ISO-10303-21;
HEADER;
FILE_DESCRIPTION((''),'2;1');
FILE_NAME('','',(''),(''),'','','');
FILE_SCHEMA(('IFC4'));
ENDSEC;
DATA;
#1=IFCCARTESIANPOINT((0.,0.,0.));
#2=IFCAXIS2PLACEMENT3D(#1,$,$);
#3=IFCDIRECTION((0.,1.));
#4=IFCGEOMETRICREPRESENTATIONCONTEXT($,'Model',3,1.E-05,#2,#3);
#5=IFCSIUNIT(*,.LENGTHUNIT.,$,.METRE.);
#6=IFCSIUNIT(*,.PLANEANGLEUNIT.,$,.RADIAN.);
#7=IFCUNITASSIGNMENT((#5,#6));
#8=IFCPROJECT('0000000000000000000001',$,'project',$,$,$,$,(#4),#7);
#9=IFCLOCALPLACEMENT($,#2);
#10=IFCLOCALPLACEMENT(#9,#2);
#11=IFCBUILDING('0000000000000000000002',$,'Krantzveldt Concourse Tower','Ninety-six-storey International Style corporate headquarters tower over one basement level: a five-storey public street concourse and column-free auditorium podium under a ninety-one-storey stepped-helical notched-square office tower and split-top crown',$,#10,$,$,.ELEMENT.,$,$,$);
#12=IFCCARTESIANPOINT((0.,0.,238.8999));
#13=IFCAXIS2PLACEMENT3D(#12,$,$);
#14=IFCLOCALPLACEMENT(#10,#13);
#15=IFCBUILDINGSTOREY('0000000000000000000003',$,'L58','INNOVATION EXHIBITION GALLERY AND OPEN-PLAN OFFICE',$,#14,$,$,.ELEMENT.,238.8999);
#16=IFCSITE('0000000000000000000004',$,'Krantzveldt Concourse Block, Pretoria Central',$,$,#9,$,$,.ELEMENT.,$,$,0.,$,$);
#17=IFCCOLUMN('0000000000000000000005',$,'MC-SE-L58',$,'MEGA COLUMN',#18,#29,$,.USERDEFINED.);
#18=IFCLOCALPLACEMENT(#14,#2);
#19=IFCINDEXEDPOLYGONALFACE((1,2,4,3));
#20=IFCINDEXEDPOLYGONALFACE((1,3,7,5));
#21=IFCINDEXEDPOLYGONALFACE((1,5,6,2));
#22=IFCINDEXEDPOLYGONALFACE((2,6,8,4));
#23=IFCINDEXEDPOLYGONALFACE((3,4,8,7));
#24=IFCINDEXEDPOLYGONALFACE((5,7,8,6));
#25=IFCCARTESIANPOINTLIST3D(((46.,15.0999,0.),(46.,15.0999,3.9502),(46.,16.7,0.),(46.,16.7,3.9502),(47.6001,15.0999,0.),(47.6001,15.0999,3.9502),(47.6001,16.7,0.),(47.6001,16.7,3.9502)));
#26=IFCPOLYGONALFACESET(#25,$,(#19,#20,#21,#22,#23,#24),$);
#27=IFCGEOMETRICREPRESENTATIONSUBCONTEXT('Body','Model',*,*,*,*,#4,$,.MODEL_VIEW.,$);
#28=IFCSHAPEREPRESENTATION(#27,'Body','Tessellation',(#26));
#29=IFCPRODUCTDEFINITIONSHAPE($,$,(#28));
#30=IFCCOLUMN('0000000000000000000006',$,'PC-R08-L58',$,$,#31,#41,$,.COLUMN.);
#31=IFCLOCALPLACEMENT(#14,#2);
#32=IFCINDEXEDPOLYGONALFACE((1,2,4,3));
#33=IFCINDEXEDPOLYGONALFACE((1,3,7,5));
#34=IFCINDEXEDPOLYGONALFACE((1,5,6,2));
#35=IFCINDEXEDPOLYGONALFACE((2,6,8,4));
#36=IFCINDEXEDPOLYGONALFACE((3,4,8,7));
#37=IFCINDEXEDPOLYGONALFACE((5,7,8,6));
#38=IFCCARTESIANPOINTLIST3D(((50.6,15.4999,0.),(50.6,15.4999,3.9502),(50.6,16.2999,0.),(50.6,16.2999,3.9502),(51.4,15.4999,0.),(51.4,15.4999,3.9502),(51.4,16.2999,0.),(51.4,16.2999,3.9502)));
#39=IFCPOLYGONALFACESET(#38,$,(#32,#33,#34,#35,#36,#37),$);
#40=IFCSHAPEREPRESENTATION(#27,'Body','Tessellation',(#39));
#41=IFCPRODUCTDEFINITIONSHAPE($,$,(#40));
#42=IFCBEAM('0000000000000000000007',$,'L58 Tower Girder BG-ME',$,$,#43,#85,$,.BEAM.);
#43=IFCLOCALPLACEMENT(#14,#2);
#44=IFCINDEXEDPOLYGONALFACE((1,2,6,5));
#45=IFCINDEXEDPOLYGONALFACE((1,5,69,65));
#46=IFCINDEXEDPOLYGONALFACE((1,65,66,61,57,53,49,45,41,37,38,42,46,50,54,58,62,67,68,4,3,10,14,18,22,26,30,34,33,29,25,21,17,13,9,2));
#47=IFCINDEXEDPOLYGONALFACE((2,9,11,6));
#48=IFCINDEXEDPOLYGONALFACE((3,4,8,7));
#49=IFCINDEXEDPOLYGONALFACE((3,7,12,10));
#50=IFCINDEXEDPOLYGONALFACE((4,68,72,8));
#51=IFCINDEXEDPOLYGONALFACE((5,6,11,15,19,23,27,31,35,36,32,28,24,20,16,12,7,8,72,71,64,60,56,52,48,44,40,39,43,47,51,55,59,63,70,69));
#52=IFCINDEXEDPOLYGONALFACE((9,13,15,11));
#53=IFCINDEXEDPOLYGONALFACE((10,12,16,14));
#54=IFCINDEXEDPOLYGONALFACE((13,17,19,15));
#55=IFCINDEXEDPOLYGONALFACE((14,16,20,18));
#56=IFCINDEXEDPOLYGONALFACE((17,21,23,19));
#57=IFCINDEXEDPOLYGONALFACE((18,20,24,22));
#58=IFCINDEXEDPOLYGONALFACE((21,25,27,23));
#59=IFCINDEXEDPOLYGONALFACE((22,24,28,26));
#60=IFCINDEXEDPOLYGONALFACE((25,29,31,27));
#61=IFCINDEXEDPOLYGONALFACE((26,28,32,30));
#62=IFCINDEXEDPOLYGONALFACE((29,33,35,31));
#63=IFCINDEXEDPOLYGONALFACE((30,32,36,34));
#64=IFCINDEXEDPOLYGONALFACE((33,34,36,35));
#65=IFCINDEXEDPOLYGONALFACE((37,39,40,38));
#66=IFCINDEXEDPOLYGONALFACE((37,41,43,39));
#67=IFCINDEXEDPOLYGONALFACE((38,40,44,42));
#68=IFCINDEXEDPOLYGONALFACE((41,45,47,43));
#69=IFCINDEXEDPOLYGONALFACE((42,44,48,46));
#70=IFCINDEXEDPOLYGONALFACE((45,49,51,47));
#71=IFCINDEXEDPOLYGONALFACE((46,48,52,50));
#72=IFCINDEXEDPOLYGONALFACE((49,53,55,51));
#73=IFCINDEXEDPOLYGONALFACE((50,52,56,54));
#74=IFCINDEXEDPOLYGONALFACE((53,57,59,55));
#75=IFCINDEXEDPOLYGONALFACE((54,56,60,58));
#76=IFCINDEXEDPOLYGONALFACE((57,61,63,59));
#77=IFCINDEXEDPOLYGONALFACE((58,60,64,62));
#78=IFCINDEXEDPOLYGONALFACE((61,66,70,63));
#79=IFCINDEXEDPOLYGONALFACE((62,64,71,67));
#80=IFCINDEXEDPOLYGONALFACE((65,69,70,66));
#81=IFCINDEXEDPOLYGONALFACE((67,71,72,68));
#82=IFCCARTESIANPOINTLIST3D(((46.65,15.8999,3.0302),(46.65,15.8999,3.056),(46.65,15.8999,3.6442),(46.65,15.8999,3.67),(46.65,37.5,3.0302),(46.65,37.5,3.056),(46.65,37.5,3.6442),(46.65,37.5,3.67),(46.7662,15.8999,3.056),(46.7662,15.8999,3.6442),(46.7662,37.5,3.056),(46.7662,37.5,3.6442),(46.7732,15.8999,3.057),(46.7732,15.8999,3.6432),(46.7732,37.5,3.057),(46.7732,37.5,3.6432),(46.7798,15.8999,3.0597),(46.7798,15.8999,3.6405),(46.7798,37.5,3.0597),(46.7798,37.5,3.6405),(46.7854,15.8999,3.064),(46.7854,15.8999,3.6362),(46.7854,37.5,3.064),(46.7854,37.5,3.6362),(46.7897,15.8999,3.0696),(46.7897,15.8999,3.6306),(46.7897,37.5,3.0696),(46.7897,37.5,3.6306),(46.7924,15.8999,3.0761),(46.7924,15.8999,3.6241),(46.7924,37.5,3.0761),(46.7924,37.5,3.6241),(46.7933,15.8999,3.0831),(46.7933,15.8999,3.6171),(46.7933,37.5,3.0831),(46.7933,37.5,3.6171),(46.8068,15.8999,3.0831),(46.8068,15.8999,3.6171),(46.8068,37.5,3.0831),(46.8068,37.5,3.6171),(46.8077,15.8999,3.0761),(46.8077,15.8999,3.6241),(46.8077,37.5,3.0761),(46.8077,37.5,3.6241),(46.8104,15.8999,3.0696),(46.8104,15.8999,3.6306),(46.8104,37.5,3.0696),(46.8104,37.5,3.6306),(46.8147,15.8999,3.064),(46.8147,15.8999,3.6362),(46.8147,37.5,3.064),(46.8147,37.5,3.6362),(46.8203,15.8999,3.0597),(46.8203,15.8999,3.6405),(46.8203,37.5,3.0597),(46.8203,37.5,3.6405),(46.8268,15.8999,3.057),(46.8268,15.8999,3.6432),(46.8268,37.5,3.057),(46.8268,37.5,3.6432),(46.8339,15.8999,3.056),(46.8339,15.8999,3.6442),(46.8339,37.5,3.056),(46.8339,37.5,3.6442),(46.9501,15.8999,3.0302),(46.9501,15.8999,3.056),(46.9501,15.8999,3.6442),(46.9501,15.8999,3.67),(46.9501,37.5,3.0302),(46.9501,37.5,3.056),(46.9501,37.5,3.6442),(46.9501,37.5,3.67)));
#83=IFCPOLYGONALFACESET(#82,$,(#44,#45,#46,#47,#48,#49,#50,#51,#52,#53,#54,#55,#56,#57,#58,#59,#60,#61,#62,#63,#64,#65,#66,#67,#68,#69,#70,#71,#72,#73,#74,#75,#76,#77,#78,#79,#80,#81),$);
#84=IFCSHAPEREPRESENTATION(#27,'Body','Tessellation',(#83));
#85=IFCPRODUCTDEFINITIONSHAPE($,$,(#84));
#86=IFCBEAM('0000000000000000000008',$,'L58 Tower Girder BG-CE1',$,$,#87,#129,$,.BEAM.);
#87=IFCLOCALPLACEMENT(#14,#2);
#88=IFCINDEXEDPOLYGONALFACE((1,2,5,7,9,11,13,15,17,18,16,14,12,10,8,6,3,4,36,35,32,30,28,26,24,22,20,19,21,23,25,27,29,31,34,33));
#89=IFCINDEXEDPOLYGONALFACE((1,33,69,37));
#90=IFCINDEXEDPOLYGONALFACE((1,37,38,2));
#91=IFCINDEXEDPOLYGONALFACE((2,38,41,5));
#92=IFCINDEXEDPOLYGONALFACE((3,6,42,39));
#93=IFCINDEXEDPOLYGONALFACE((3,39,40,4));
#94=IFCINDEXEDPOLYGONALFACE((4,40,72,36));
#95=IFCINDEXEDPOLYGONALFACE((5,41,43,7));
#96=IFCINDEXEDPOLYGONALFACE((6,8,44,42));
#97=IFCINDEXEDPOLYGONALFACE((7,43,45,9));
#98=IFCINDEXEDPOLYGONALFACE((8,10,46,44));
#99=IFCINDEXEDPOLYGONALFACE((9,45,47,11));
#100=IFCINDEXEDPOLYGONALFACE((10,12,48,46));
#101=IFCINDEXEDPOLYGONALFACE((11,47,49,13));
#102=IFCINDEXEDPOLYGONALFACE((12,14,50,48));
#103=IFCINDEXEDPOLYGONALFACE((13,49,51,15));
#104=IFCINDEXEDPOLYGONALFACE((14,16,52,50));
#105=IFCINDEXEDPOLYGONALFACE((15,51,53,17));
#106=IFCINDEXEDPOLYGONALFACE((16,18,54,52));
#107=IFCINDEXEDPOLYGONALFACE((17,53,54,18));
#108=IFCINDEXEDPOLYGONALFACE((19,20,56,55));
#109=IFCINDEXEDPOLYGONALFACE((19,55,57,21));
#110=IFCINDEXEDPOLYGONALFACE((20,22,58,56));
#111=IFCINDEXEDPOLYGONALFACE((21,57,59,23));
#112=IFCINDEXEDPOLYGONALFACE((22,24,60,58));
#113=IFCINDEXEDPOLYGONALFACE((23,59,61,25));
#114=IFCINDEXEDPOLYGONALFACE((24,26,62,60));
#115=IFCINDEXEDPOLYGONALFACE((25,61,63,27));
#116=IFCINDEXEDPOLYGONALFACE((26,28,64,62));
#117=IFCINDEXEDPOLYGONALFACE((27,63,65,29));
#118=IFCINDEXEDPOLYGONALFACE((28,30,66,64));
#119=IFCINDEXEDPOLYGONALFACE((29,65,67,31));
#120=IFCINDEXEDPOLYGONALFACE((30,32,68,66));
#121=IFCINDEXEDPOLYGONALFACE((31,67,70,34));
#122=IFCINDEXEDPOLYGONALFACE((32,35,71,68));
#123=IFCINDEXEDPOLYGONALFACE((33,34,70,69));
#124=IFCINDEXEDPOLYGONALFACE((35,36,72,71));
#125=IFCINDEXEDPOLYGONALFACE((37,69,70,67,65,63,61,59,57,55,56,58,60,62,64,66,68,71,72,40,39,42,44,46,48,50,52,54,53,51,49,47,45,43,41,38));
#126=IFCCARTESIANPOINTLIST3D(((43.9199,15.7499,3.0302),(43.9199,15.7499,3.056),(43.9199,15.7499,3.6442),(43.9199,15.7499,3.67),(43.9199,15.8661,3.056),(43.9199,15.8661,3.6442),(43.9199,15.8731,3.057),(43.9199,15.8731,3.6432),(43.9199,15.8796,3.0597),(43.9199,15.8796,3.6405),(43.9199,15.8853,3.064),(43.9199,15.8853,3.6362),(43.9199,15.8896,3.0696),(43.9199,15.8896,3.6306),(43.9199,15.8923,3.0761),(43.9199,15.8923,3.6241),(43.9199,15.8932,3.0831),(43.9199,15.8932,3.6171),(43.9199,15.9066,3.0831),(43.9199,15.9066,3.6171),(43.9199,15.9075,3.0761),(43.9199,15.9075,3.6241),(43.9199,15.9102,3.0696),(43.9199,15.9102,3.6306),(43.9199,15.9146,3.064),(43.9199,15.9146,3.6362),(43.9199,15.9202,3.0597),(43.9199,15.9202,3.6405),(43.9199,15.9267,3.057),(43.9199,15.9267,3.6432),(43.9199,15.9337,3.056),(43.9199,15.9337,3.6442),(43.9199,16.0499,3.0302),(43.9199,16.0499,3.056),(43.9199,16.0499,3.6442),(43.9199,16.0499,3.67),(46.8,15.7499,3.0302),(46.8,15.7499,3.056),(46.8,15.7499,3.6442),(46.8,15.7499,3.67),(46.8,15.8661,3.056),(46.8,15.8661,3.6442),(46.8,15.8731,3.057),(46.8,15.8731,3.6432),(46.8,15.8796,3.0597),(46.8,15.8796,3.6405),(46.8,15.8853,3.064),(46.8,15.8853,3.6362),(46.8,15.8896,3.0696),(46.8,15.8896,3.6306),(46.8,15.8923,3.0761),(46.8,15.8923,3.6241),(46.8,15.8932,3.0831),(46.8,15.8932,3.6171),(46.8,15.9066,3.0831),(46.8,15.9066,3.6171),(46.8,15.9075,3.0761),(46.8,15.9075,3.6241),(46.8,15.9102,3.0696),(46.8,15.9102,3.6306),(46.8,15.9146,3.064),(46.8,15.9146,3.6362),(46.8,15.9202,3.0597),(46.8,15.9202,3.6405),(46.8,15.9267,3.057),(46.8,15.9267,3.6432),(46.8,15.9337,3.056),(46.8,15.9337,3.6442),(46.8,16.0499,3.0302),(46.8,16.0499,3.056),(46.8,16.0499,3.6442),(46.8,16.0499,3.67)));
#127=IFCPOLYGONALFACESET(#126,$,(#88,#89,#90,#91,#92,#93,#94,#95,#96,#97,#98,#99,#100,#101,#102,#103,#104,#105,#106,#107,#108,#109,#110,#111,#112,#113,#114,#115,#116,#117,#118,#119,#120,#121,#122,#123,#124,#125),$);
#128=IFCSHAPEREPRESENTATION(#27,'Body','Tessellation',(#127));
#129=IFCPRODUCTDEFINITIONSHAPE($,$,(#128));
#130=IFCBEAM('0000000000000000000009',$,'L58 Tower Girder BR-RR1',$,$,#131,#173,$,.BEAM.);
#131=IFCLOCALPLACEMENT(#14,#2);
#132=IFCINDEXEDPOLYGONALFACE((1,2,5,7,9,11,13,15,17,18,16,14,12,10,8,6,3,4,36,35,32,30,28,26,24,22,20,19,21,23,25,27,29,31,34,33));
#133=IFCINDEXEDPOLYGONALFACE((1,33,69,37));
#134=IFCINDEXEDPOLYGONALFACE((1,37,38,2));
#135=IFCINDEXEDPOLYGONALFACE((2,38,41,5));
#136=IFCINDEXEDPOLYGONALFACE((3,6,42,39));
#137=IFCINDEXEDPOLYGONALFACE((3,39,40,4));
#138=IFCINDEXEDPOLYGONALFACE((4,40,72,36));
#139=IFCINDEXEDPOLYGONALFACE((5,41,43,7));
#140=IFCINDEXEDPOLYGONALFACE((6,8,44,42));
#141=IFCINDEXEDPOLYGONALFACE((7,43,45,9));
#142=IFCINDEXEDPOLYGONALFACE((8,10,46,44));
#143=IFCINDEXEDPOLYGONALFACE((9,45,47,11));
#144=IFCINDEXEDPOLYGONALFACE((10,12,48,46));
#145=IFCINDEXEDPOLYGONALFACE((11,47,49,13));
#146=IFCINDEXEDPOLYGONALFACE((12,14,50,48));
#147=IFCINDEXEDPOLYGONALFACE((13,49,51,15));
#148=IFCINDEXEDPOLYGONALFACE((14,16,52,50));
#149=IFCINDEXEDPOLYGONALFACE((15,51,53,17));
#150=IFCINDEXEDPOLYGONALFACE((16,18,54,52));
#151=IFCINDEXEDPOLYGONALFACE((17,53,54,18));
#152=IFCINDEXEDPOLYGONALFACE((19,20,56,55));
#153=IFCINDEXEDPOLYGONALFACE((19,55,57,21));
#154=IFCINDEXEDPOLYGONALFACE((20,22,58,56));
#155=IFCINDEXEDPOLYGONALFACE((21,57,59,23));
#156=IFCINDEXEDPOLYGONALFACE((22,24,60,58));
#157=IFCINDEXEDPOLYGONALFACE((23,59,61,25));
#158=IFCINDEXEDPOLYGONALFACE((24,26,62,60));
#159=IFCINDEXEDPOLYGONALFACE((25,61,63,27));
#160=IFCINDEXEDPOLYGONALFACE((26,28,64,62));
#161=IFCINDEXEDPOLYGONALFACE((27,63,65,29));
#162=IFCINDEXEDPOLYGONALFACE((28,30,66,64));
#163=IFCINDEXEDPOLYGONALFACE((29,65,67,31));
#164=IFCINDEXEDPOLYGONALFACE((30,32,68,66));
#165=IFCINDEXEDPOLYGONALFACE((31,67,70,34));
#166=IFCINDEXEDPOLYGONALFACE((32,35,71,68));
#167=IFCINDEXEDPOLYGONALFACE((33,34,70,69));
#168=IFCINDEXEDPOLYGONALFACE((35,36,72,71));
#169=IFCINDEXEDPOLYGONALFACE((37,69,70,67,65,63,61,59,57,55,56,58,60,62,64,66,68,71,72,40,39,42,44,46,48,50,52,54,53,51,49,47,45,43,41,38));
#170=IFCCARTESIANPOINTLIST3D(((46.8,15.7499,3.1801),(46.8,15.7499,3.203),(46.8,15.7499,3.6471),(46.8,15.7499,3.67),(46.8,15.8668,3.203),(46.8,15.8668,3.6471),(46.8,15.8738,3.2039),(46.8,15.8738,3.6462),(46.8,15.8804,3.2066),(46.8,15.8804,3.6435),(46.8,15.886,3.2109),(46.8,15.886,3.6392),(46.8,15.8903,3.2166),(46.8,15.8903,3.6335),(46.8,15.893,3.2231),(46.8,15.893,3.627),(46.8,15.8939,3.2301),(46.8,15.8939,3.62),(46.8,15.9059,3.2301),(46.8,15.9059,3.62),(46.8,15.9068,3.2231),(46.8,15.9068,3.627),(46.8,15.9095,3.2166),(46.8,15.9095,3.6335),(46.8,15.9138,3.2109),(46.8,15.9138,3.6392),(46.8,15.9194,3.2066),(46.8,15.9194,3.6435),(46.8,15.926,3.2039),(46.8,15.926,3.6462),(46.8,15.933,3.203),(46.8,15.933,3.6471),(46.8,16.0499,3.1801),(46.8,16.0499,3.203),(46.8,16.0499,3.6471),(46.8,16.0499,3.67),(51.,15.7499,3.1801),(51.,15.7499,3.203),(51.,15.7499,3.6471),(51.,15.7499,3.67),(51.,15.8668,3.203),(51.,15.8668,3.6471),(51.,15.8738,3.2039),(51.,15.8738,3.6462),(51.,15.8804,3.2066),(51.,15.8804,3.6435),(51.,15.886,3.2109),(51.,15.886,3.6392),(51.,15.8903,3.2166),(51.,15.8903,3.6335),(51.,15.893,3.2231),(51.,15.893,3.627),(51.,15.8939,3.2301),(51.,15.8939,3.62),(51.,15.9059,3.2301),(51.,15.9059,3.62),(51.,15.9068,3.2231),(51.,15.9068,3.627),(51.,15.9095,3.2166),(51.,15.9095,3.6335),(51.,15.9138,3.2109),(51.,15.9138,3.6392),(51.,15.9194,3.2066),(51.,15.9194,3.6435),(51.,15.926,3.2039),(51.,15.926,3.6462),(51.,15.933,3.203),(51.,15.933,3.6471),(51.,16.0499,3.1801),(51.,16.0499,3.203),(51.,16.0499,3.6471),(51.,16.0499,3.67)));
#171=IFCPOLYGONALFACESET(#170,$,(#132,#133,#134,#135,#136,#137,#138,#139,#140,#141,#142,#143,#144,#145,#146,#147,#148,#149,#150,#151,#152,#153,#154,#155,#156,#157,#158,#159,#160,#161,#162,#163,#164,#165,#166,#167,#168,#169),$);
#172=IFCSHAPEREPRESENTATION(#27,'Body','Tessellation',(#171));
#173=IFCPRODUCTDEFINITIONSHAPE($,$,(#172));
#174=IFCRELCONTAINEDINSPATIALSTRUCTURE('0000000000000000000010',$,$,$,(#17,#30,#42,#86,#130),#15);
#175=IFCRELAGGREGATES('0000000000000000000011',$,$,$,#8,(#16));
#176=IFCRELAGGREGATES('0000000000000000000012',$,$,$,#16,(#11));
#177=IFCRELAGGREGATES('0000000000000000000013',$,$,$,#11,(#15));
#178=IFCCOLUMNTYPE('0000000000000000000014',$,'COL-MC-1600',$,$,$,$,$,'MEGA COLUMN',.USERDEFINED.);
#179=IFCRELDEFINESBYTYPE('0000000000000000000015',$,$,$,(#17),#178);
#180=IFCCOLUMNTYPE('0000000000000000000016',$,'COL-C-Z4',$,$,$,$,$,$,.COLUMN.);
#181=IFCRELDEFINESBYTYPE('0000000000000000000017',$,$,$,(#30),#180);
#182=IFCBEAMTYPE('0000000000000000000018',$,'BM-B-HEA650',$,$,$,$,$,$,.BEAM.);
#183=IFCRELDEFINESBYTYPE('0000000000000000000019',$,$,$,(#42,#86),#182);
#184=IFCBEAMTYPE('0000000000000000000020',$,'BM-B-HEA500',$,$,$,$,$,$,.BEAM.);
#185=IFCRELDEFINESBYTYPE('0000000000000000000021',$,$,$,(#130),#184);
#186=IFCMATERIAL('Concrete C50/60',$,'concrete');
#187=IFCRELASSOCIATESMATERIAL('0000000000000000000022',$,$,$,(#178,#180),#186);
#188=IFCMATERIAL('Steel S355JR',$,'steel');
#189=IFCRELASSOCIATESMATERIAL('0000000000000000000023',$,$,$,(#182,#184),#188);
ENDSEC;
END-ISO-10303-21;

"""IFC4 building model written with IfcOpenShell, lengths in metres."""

from ifc_helpers import new_model, si_unit, direction, frame, origin, origin_2d, place, context, subcontext, project, spatial, rectangle, i_section, extrude, source, transform, mapped, material, material_profile, profile_set, type_object, type_shapes, element, save


model = new_model("IFC4")

# Units and contexts
model_context = context("Model", 3, precision=1e-05, world=origin(), true_north=direction((0.0, 1.0)))
body_context = subcontext(model_context, "Body", "Model", "MODEL_VIEW")
ifc_project = project(units=[si_unit("LENGTHUNIT", "METRE"), si_unit("PLANEANGLEUNIT", "RADIAN")], contexts=[model_context])

# Site, building, storey
site_placement = place(None, origin())
site = spatial("IfcSite", under=ifc_project, at=site_placement, Name="Krantzveldt Concourse Block, Pretoria Central", CompositionType="ELEMENT", RefElevation=0.0)
building_placement = place(site_placement, origin())
building = spatial("IfcBuilding", under=site, at=building_placement, Name="Krantzveldt Concourse Tower", Description="Ninety-six-storey International Style corporate headquarters tower over one basement level: a five-storey public street concourse and column-free auditorium podium under a ninety-one-storey stepped-helical notched-square office tower and split-top crown", CompositionType="ELEMENT")
storey_placement = place(building_placement, frame((0.0, 0.0, 238.8999)))
storey = spatial("IfcBuildingStorey", under=building, at=storey_placement, Name="L58", Description="INNOVATION EXHIBITION GALLERY AND OPEN-PLAN OFFICE", CompositionType="ELEMENT", Elevation=238.8999)

# Columns
ifc_material_1 = material(Name="Concrete C50/60", Category="concrete")
ifc_material_profile_1 = material_profile(ifc_material_1, rectangle(XDim=1.6001, YDim=1.6001, at=origin_2d()), Name="Concrete C50/60", Category="concrete")
ifc_profile_set_1 = profile_set([ifc_material_profile_1], Name="Concrete C50/60 - RC 1600x1600")
column_type_1 = type_object("IfcColumnType", Name="COL-MC-1600", ElementType="MEGA COLUMN", PredefinedType="USERDEFINED", material=ifc_profile_set_1)
shared_shape_1 = source(origin(), body_context, "Body", "SweptSolid", [
    extrude(rectangle(XDim=1.6001, YDim=1.6001, at=origin_2d()), origin(), (0.0, 0.0, 1.0), 3.9502),
])
type_shapes(column_type_1, [shared_shape_1])
column_1_placement = place(storey_placement, frame((46.8, 15.8999, 0.0), z_axis=(0.0, 0.0, 1.0), x_axis=(1.0, 0.0, 0.0)))
element("IfcColumn", 1, at=column_1_placement, inside=storey, type_object=column_type_1, Name="MC-SE-L58", ObjectType="MEGA COLUMN", PredefinedType="USERDEFINED", context=body_context, shape_type="MappedRepresentation", body=[
    mapped(shared_shape_1, transform((0.0, 0.0, 0.0), x_axis=(1.0, 0.0, 0.0), y_axis=(0.0, 1.0, 0.0), z_axis=(0.0, 0.0, 1.0), scale=1.0)),
])
ifc_material_profile_2 = material_profile(ifc_material_1, rectangle(XDim=0.8, YDim=0.8, at=origin_2d()), Name="Concrete C50/60", Category="concrete")
ifc_profile_set_2 = profile_set([ifc_material_profile_2], Name="Concrete C50/60 - RC 800x800")
column_type_2 = type_object("IfcColumnType", Name="COL-C-Z4", PredefinedType="COLUMN", material=ifc_profile_set_2)
shared_shape_2 = source(origin(), body_context, "Body", "SweptSolid", [
    extrude(rectangle(XDim=0.8, YDim=0.8, at=origin_2d()), origin(), (0.0, 0.0, 1.0), 3.9502),
])
type_shapes(column_type_2, [shared_shape_2])
column_2_placement = place(storey_placement, frame((51.0, 15.8999, 0.0), z_axis=(0.0, 0.0, 1.0), x_axis=(1.0, 0.0, 0.0)))
element("IfcColumn", 2, at=column_2_placement, inside=storey, type_object=column_type_2, Name="PC-R08-L58", PredefinedType="COLUMN", context=body_context, shape_type="MappedRepresentation", body=[
    mapped(shared_shape_2, transform((0.0, 0.0, 0.0), x_axis=(1.0, 0.0, 0.0), y_axis=(0.0, 1.0, 0.0), z_axis=(0.0, 0.0, 1.0), scale=1.0)),
])

# Beams
ifc_material_2 = material(Name="Steel S355JR", Category="steel")
ifc_material_profile_3 = material_profile(ifc_material_2, i_section(OverallWidth=0.3, OverallDepth=0.6399, WebThickness=0.0134, FlangeThickness=0.0259, FilletRadius=0.0271, at=origin_2d()), Name="Steel S355JR", Category="steel")
ifc_profile_set_3 = profile_set([ifc_material_profile_3], Name="Steel S355JR - HEA 650")
beam_type_1 = type_object("IfcBeamType", Name="BM-B-HEA650", PredefinedType="BEAM", material=ifc_profile_set_3)
shared_shape_3 = source(origin(), body_context, "Body", "SweptSolid", [
    extrude(i_section(OverallWidth=0.3, OverallDepth=0.6399, WebThickness=0.0134, FlangeThickness=0.0259, FilletRadius=0.0271, at=origin_2d()), origin(), (0.0, 0.0, 1.0), 21.6001),
])
beam_1_placement = place(storey_placement, frame((46.8, 15.8999, 3.3501), z_axis=(0.0, 1.0, 0.0), x_axis=(-1.0, 0.0, 0.0)))
element("IfcBeam", 3, at=beam_1_placement, inside=storey, type_object=beam_type_1, Name="L58 Tower Girder BG-ME", PredefinedType="BEAM", context=body_context, shape_type="MappedRepresentation", body=[
    mapped(shared_shape_3, transform((0.0, 0.0, 0.0), x_axis=(1.0, 0.0, 0.0), y_axis=(0.0, 1.0, 0.0), z_axis=(0.0, 0.0, 1.0), scale=1.0)),
])
shared_shape_4 = source(origin(), body_context, "Body", "SweptSolid", [
    extrude(i_section(OverallWidth=0.3, OverallDepth=0.6399, WebThickness=0.0134, FlangeThickness=0.0259, FilletRadius=0.0271, at=origin_2d()), origin(), (0.0, 0.0, 1.0), 2.8801),
])
type_shapes(beam_type_1, [shared_shape_3, shared_shape_4])
beam_2_placement = place(storey_placement, frame((43.9199, 15.8999, 3.3501), z_axis=(1.0, 0.0, 0.0), x_axis=(0.0, 1.0, 0.0)))
element("IfcBeam", 4, at=beam_2_placement, inside=storey, type_object=beam_type_1, Name="L58 Tower Girder BG-CE1", PredefinedType="BEAM", context=body_context, shape_type="MappedRepresentation", body=[
    mapped(shared_shape_4, transform((0.0, 0.0, 0.0), x_axis=(1.0, 0.0, 0.0), y_axis=(0.0, 1.0, 0.0), z_axis=(0.0, 0.0, 1.0), scale=1.0)),
])
ifc_material_profile_4 = material_profile(ifc_material_2, i_section(OverallWidth=0.3, OverallDepth=0.49, WebThickness=0.012, FlangeThickness=0.0229, FilletRadius=0.0271, at=origin_2d()), Name="Steel S355JR", Category="steel")
ifc_profile_set_4 = profile_set([ifc_material_profile_4], Name="Steel S355JR - HEA 500")
beam_type_2 = type_object("IfcBeamType", Name="BM-B-HEA500", PredefinedType="BEAM", material=ifc_profile_set_4)
shared_shape_5 = source(origin(), body_context, "Body", "SweptSolid", [
    extrude(i_section(OverallWidth=0.3, OverallDepth=0.49, WebThickness=0.012, FlangeThickness=0.0229, FilletRadius=0.0271, at=origin_2d()), origin(), (0.0, 0.0, 1.0), 4.2),
])
beam_3_placement = place(storey_placement, frame((46.8, 15.8999, 3.425), z_axis=(1.0, 0.0, 0.0), x_axis=(0.0, 1.0, 0.0)))
element("IfcBeam", 5, at=beam_3_placement, inside=storey, type_object=beam_type_2, Name="L58 Tower Girder BR-RR1", PredefinedType="BEAM", context=body_context, shape_type="MappedRepresentation", body=[
    mapped(shared_shape_5, transform((0.0, 0.0, 0.0), x_axis=(1.0, 0.0, 0.0), y_axis=(0.0, 1.0, 0.0), z_axis=(0.0, 0.0, 1.0), scale=1.0)),
])

save(model, "model.ifc")
